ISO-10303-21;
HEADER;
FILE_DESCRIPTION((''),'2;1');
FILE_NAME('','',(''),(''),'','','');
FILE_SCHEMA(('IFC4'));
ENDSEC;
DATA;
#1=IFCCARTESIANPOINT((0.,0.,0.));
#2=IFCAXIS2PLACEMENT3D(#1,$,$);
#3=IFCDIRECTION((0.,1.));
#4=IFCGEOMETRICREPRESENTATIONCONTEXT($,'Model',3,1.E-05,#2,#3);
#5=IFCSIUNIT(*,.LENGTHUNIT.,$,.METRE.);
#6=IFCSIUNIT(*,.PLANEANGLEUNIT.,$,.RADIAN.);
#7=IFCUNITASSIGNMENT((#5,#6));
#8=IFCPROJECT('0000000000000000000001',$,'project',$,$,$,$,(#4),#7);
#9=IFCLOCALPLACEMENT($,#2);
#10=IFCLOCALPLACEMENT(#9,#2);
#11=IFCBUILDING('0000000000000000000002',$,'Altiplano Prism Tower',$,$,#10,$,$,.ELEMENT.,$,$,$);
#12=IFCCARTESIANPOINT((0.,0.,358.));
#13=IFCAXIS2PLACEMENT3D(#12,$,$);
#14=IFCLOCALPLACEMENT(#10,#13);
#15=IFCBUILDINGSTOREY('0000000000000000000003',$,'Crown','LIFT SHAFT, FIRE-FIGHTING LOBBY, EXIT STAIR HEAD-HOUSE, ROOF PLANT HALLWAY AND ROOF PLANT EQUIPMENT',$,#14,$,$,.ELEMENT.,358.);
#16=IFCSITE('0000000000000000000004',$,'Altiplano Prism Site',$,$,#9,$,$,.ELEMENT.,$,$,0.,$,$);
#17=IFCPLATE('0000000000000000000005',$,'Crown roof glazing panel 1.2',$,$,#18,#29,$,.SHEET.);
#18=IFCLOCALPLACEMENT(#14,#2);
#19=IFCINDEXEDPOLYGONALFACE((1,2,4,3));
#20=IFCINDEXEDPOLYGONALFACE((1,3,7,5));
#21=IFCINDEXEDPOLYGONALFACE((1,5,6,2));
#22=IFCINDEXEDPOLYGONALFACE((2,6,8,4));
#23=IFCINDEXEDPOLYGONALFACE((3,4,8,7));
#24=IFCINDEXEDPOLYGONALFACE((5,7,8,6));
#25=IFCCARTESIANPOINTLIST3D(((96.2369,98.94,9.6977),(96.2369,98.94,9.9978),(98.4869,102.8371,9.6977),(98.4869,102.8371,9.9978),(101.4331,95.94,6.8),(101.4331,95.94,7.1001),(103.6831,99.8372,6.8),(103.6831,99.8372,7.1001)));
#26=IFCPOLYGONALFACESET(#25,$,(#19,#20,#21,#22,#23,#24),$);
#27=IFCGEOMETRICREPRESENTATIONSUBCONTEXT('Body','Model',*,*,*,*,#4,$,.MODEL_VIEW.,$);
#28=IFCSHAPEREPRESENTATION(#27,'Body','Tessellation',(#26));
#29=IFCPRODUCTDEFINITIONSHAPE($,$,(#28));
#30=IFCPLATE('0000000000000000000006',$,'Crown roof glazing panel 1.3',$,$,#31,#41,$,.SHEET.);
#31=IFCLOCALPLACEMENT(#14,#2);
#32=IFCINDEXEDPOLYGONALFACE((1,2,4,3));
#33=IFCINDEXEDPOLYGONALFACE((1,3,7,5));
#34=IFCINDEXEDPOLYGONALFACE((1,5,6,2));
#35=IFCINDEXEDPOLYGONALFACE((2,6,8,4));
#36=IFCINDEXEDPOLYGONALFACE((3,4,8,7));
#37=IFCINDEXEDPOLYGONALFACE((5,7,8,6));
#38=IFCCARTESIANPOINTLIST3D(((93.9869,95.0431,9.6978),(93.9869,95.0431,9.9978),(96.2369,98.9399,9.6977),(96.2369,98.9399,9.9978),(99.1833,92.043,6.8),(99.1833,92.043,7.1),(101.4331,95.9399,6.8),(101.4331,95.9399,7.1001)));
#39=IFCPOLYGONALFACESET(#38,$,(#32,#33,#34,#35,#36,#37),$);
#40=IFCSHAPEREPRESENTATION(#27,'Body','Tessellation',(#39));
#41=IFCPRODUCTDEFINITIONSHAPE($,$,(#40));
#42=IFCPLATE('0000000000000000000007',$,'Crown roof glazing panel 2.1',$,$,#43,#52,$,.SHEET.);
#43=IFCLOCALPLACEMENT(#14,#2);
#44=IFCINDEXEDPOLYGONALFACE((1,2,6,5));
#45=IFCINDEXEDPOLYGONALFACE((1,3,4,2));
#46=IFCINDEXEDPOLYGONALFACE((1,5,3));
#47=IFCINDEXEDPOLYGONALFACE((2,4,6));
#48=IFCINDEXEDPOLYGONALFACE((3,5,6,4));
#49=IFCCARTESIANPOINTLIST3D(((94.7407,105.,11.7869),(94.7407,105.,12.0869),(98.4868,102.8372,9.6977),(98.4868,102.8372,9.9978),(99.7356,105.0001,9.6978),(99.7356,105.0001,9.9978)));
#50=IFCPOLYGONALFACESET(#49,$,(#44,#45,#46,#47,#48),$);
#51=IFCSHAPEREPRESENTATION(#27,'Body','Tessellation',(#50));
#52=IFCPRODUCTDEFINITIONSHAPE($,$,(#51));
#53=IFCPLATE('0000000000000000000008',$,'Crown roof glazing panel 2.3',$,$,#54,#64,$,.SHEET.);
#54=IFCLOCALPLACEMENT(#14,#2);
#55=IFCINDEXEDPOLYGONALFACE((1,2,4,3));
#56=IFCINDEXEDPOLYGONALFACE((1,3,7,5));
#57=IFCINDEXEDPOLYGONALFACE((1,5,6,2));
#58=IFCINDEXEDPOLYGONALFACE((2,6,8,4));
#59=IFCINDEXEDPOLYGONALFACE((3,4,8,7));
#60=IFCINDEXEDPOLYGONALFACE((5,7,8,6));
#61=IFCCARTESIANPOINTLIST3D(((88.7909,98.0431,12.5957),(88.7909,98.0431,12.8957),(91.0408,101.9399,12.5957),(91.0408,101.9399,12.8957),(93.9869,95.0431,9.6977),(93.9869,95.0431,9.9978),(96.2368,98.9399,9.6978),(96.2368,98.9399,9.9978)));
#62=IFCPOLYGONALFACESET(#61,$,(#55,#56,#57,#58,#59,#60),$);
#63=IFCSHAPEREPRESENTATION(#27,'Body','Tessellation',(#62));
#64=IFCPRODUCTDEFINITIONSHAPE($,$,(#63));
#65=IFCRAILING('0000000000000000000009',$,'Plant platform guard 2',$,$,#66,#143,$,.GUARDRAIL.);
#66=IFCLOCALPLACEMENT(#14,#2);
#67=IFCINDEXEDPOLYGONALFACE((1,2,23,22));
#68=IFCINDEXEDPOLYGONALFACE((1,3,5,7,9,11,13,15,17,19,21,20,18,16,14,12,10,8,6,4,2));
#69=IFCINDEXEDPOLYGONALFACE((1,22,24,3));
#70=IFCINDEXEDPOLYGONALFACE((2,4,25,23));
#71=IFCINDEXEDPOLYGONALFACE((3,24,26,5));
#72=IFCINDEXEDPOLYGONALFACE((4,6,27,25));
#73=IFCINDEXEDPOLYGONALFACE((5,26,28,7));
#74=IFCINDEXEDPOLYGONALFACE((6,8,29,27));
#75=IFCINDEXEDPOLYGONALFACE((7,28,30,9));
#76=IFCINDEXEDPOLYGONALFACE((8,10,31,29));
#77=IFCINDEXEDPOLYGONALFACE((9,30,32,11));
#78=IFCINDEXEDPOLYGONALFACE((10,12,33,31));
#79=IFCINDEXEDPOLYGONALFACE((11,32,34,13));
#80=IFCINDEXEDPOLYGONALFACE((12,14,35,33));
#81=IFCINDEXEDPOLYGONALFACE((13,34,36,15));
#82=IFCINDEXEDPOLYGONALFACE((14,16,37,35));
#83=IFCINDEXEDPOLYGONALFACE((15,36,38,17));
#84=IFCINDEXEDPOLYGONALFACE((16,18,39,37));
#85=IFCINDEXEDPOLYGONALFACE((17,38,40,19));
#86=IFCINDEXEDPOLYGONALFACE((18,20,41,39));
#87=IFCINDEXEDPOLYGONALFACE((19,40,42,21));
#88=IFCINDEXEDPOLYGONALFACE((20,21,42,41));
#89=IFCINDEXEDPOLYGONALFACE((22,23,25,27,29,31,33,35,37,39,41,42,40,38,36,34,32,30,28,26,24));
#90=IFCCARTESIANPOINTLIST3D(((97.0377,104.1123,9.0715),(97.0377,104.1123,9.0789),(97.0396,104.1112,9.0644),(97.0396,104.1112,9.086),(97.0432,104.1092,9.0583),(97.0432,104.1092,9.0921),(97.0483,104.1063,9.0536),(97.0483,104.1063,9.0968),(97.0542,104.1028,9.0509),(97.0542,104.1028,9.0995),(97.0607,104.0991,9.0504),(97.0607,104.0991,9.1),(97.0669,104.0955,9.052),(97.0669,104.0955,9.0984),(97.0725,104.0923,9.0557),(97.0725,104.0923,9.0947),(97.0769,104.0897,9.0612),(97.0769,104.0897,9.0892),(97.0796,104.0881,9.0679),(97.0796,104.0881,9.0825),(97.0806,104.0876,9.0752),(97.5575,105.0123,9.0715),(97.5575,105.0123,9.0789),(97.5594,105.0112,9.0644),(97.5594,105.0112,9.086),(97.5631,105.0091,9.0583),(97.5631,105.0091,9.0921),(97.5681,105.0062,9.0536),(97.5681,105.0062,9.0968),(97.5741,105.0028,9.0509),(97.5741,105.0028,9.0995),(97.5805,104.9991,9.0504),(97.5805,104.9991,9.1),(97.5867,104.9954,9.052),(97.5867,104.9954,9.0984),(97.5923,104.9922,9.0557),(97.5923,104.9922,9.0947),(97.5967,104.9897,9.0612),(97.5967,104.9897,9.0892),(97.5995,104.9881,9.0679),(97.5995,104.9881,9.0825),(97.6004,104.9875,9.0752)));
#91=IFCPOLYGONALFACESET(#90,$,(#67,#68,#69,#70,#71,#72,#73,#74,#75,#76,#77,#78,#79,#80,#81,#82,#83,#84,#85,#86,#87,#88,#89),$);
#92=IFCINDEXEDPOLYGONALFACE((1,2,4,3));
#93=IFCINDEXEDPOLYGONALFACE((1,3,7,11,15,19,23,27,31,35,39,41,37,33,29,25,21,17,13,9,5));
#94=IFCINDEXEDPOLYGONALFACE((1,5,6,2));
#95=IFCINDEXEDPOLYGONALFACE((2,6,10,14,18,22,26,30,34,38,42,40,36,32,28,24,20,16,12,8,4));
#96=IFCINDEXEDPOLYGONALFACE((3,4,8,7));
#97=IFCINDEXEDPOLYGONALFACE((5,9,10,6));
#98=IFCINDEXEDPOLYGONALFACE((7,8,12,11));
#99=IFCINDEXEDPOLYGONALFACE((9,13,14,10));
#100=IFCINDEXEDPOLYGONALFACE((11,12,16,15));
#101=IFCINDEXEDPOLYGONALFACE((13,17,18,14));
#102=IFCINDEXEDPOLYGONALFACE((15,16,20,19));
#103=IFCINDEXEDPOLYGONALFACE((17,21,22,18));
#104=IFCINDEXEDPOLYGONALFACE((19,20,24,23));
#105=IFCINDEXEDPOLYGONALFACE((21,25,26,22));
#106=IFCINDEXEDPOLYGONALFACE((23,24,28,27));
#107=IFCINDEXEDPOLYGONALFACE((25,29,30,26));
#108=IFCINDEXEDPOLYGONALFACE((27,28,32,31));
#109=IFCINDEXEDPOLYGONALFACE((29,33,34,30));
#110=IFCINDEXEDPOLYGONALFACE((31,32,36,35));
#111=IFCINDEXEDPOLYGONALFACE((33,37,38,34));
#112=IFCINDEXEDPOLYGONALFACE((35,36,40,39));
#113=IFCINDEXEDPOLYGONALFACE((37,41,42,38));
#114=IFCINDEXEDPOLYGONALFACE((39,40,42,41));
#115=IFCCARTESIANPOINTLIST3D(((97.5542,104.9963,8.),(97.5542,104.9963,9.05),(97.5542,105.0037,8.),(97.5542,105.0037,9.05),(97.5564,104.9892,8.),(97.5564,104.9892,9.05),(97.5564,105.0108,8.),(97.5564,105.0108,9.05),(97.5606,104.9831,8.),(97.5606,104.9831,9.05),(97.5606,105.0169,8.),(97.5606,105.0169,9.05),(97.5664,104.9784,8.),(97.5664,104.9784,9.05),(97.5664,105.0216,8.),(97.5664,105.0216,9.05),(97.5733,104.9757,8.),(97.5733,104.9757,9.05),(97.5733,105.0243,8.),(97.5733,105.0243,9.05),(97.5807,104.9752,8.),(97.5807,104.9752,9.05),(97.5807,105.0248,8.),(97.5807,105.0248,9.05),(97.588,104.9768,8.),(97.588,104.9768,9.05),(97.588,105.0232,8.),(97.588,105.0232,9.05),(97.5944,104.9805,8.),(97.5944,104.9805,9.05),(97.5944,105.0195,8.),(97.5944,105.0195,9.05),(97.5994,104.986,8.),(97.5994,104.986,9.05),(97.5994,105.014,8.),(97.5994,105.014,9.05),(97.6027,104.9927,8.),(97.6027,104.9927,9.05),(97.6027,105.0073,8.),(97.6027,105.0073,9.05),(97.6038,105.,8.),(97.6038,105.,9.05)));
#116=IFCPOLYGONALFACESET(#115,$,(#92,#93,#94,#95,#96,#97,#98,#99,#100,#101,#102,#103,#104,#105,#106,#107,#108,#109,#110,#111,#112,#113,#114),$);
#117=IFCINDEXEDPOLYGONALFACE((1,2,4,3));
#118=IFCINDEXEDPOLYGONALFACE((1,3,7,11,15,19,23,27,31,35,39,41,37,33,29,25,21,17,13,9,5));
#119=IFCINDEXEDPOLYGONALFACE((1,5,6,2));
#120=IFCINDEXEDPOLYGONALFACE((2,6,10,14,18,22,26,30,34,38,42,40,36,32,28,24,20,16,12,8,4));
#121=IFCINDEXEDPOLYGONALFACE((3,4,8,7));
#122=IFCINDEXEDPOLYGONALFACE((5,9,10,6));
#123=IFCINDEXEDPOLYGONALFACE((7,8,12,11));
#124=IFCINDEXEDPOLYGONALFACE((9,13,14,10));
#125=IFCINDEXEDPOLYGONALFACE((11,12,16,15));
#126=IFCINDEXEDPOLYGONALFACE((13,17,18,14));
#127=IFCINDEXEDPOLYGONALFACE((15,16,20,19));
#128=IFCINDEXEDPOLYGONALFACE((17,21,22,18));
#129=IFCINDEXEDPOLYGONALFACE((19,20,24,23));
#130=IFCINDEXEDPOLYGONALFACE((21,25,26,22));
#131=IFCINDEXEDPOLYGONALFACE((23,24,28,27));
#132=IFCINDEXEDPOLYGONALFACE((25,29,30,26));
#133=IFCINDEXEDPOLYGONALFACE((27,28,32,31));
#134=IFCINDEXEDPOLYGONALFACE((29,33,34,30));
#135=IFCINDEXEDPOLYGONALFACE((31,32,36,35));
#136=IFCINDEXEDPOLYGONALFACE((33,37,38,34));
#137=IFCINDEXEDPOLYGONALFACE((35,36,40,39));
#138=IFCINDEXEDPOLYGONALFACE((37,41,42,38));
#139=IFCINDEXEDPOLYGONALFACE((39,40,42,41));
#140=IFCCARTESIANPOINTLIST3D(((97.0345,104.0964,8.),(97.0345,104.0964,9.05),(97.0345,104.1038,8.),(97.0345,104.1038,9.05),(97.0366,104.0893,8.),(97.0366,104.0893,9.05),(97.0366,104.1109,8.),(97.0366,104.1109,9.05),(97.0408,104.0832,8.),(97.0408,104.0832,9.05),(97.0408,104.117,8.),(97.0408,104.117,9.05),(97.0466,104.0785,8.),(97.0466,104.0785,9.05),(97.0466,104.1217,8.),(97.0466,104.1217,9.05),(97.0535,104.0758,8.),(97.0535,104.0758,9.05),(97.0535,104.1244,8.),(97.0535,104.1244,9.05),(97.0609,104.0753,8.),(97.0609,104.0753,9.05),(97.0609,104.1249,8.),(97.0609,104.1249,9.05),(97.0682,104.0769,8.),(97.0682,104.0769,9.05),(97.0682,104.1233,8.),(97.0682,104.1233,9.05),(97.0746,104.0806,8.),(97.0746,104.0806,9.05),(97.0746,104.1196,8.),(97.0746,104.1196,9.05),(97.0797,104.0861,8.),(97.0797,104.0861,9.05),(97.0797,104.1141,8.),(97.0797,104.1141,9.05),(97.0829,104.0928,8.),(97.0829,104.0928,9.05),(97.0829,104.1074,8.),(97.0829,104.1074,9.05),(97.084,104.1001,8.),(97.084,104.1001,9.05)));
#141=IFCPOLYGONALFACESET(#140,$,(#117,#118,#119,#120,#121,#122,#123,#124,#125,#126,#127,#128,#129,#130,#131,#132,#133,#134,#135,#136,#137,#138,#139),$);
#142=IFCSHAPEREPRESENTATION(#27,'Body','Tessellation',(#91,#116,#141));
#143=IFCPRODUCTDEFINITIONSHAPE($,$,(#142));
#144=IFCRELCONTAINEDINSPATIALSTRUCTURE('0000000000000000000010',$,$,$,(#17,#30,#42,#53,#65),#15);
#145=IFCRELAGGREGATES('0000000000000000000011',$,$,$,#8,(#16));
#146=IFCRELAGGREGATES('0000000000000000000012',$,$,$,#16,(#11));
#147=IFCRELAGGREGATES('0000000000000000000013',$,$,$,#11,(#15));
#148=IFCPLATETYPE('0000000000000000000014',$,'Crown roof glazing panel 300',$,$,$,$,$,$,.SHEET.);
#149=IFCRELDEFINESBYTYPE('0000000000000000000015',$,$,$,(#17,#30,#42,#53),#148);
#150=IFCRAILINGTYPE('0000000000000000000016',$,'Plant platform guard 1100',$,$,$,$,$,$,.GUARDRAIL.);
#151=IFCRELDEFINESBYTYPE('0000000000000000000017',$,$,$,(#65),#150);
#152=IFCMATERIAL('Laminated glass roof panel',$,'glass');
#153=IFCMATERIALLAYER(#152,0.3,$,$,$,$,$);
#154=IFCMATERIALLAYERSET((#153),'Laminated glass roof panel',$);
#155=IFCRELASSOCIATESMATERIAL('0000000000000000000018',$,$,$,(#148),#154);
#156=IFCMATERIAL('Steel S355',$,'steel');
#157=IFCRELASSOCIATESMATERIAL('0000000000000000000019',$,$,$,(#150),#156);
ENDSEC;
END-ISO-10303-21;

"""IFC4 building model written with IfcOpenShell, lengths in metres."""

from ifc_helpers import new_model, si_unit, direction, frame, origin, origin_2d, place, context, subcontext, project, spatial, polyline, circle, outline, extrude, material, layer, layer_set, type_object, element, save


model = new_model("IFC4")

# Units and contexts
model_context = context("Model", 3, precision=1e-05, world=origin(), true_north=direction((0.0, 1.0)))
body_context = subcontext(model_context, "Body", "Model", "MODEL_VIEW")
ifc_project = project(units=[si_unit("LENGTHUNIT", "METRE"), si_unit("PLANEANGLEUNIT", "RADIAN")], contexts=[model_context])

# Site, building, storey
site_placement = place(None, origin())
site = spatial("IfcSite", under=ifc_project, at=site_placement, Name="Altiplano Prism Site", CompositionType="ELEMENT", RefElevation=0.0)
building_placement = place(site_placement, origin())
building = spatial("IfcBuilding", under=site, at=building_placement, Name="Altiplano Prism Tower", CompositionType="ELEMENT")
storey_placement = place(building_placement, frame((0.0, 0.0, 358.0)))
storey = spatial("IfcBuildingStorey", under=building, at=storey_placement, Name="Crown", Description="LIFT SHAFT, FIRE-FIGHTING LOBBY, EXIT STAIR HEAD-HOUSE, ROOF PLANT HALLWAY AND ROOF PLANT EQUIPMENT", CompositionType="ELEMENT", Elevation=358.0)

# Shared definitions
ifc_material_1 = material(Name="Steel S355", Category="steel")

# Plates
ifc_material_2 = material(Name="Laminated glass roof panel", Category="glass")
ifc_layer_1 = layer(ifc_material_2, 0.3)
ifc_layer_set_1 = layer_set([ifc_layer_1], Name="Laminated glass roof panel")
plate_type_1 = type_object("IfcPlateType", Name="Crown roof glazing panel 300", PredefinedType="SHEET", material=ifc_layer_set_1)
plate_1_placement = place(storey_placement, frame((103.6831, 99.8372, 7.1001), z_axis=(0.376622, -0.217437, 0.900487), x_axis=(-0.77985, 0.450235, 0.434882)))
element("IfcPlate", 1, at=plate_1_placement, inside=storey, type_object=plate_type_1, Name="Crown roof glazing panel 1.2", PredefinedType="SHEET", context=body_context, shape_type="SweptSolid", body=[
    extrude(outline(polyline([(0.0, 0.0), (6.6631, 0.0), (6.6631, 4.5), (0.0, 4.5), (0.0, 0.0)])), origin(), (-0.434882, 0.0, -0.900487), 0.3),
])
plate_2_placement = place(storey_placement, frame((101.4331, 95.9399, 7.1001), z_axis=(0.376616, -0.217447, 0.900487), x_axis=(-0.77985, 0.450235, 0.434882)))
element("IfcPlate", 2, at=plate_2_placement, inside=storey, type_object=plate_type_1, Name="Crown roof glazing panel 1.3", PredefinedType="SHEET", context=body_context, shape_type="SweptSolid", body=[
    extrude(outline(polyline([(0.0, 0.0), (6.6631, 0.0), (6.6633, 4.4998), (0.0, 4.4998), (0.0, 0.0)])), origin(), (-0.434882, 0.000011, -0.900487), 0.3),
])
plate_3_placement = place(storey_placement, frame((94.7407, 105.0, 12.0869), z_axis=(0.376627, -0.217456, 0.90048), x_axis=(0.779836, -0.450245, -0.434897)))
element("IfcPlate", 3, at=plate_3_placement, inside=storey, type_object=plate_type_1, Name="Crown roof glazing panel 2.1", PredefinedType="SHEET", context=body_context, shape_type="SweptSolid", body=[
    extrude(outline(polyline([(0.0, 0.0), (4.8037, 0.0), (4.8037, 2.4976), (0.0, 0.0)])), origin(), (0.434897, -0.000006, -0.90048), 0.3),
])
plate_4_placement = place(storey_placement, frame((96.2368, 98.9399, 9.9978), z_axis=(0.376652, -0.217468, 0.900467), x_axis=(-0.779823, 0.45024, 0.434925)))
element("IfcPlate", 4, at=plate_4_placement, inside=storey, type_object=plate_type_1, Name="Crown roof glazing panel 2.3", PredefinedType="SHEET", context=body_context, shape_type="SweptSolid", body=[
    extrude(outline(polyline([(0.0, 0.0), (6.6631, 0.0), (6.6631, 4.4998), (0.0, 4.4998), (0.0, 0.0)])), origin(), (-0.434925, 0.000003, -0.900467), 0.3),
])

# Railing
railing_type = type_object("IfcRailingType", Name="Plant platform guard 1100", PredefinedType="GUARDRAIL", material=ifc_material_1)
railing_placement = place(storey_placement, frame((97.5789, 105.0, 8.0)))
element("IfcRailing", 5, at=railing_placement, inside=storey, type_object=railing_type, Name="Plant platform guard 2", PredefinedType="GUARDRAIL", context=body_context, shape_type="SweptSolid", body=[
    extrude(circle(Radius=0.0249, at=origin_2d()), frame((0.0, 0.0, 1.0752), z_axis=(-0.500156, -0.865935, 0.0), x_axis=(0.865935, -0.500156, 0.0)), (0.0, 0.0, 1.0), 1.0393),
    extrude(circle(Radius=0.0249, at=origin_2d()), origin(), (0.0, 0.0, 1.0), 1.05),
    extrude(circle(Radius=0.0249, at=origin_2d()), frame((-0.5198, -0.8999, 0.0)), (0.0, 0.0, 1.0), 1.05),
])

save(model, "model.ifc")
